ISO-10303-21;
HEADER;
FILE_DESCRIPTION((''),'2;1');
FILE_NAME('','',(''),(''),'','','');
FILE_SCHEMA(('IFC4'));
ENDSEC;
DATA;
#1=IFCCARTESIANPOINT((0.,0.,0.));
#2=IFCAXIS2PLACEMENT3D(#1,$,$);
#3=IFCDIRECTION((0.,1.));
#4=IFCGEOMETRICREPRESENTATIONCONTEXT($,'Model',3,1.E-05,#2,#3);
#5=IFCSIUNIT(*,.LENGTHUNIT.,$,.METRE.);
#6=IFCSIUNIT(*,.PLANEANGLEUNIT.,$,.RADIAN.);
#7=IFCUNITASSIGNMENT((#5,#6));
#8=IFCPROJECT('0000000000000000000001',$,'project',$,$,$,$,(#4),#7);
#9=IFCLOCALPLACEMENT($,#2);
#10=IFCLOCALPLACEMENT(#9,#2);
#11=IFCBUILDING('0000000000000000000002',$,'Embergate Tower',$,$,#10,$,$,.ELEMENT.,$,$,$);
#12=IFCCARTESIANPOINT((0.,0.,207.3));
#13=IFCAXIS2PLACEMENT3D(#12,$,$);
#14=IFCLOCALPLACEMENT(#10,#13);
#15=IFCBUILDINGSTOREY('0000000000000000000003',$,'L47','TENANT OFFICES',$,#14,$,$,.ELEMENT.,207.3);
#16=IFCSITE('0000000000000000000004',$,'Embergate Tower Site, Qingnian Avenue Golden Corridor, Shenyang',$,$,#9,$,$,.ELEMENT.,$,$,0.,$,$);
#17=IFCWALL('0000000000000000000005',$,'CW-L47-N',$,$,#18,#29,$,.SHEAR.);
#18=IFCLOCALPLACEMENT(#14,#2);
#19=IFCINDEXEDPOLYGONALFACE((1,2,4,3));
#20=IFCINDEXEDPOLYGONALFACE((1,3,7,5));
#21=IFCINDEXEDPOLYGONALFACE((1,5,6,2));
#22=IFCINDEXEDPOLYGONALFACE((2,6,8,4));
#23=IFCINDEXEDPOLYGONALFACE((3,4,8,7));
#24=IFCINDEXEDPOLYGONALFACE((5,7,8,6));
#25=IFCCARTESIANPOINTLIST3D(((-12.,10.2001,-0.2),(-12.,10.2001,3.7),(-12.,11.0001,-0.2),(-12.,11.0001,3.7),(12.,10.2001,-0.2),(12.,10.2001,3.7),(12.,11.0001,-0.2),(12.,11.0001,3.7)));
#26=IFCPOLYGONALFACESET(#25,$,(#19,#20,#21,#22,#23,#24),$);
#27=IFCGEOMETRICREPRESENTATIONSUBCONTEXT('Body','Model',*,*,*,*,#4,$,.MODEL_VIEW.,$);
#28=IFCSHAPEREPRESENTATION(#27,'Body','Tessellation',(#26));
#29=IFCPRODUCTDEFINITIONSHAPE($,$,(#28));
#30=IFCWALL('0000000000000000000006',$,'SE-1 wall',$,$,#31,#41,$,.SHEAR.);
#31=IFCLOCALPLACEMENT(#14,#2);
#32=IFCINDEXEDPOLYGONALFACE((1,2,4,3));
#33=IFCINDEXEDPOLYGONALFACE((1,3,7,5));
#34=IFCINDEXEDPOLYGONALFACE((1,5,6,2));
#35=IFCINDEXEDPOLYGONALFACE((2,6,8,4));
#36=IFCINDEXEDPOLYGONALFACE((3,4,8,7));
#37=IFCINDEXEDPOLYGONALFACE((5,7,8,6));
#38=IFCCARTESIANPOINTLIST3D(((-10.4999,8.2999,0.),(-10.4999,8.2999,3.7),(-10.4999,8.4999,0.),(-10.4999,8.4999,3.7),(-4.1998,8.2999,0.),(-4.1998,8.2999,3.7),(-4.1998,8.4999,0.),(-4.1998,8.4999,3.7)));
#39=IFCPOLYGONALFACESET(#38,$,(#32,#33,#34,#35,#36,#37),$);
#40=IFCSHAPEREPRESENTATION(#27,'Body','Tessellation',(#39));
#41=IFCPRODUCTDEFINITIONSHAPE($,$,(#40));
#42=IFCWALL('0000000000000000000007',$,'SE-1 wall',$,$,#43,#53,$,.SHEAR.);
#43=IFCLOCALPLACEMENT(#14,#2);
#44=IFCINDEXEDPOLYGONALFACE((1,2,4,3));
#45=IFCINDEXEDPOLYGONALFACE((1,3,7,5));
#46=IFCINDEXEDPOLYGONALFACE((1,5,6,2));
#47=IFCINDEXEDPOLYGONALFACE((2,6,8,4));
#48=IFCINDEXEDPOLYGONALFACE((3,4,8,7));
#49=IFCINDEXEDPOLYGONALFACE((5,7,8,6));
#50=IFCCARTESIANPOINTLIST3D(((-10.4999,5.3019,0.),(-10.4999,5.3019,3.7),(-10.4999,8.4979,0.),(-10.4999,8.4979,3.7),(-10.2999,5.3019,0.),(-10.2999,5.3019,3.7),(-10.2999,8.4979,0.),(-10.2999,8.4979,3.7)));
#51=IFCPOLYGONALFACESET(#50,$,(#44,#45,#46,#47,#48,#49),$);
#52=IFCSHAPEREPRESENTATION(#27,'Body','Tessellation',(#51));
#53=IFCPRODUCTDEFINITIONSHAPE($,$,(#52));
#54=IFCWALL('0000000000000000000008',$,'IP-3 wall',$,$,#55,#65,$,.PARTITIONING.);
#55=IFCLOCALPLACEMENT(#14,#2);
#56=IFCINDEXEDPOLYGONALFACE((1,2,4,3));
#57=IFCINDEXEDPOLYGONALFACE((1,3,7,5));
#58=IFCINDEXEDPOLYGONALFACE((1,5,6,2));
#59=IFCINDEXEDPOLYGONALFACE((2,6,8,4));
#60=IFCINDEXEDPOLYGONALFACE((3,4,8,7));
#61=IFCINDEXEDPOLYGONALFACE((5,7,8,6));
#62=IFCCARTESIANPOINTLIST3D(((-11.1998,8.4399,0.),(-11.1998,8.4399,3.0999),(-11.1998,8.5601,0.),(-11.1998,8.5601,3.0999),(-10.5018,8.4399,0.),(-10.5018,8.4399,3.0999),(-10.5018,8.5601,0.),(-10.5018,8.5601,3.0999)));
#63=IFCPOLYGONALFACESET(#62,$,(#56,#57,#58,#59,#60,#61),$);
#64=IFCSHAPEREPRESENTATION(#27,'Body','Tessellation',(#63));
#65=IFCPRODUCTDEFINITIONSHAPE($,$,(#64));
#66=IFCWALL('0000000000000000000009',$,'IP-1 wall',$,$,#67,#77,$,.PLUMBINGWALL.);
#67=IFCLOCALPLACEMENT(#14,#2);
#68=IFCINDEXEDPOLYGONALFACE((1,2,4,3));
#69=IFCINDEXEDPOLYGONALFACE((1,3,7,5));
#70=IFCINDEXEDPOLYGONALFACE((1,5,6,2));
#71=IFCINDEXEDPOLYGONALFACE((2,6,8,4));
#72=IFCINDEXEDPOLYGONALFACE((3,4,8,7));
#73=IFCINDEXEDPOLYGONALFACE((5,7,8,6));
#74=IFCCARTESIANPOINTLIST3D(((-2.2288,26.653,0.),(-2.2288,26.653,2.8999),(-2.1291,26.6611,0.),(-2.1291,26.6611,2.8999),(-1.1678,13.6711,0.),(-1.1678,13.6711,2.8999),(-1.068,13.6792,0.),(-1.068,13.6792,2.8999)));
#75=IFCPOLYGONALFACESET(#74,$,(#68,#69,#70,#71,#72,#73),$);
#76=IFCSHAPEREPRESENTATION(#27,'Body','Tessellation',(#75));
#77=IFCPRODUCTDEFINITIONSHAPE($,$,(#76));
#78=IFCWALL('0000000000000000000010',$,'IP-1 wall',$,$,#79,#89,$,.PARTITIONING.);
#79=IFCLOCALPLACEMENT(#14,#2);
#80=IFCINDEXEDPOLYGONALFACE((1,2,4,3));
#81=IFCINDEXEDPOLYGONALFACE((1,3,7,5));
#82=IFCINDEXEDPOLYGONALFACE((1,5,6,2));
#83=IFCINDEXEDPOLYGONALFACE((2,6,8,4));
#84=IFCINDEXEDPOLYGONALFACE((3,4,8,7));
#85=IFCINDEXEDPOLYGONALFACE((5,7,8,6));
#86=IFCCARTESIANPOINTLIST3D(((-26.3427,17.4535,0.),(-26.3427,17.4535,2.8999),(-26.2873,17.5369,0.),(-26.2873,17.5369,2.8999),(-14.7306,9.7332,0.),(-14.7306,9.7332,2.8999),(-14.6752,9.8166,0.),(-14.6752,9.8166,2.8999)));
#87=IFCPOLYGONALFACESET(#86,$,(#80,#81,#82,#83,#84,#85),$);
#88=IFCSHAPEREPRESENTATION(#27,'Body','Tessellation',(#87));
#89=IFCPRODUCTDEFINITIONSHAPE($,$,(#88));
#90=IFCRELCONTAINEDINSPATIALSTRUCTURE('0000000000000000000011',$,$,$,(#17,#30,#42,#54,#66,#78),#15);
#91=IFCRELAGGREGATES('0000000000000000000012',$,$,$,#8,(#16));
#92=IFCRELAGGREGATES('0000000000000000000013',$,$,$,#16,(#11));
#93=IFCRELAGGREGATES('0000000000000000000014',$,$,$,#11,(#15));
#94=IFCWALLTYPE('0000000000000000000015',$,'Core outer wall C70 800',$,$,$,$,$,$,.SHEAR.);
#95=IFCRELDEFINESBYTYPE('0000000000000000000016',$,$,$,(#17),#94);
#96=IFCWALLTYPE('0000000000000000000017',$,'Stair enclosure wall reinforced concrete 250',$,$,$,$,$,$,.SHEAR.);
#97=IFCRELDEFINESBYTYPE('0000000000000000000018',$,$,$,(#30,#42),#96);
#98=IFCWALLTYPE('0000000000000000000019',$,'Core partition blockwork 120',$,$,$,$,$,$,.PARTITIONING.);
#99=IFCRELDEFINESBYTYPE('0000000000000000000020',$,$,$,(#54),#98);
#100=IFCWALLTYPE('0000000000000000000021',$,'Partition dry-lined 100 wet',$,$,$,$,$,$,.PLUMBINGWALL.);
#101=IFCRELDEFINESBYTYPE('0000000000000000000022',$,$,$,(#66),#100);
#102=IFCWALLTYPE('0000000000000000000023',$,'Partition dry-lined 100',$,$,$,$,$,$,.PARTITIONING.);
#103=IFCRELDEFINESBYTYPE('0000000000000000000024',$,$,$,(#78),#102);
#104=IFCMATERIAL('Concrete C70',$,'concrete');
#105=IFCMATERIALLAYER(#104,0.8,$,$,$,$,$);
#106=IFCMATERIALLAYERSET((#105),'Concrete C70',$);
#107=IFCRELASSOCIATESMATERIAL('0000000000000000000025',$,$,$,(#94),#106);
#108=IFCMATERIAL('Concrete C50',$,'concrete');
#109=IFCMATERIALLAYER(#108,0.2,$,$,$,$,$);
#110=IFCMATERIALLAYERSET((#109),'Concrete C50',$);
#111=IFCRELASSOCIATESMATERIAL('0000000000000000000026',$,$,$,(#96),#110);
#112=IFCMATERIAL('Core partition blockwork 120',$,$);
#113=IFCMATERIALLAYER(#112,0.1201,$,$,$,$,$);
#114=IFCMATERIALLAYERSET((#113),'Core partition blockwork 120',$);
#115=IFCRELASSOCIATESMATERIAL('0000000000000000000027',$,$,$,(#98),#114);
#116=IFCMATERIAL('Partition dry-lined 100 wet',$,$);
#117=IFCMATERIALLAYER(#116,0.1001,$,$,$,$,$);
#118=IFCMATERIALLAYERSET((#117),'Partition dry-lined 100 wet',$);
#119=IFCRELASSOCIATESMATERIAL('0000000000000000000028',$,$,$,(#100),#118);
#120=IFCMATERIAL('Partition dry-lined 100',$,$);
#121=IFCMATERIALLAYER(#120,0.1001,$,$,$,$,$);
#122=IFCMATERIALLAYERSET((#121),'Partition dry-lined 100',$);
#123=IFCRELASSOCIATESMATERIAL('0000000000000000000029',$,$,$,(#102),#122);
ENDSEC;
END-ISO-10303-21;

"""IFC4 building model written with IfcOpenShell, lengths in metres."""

from ifc_helpers import new_model, si_unit, direction, frame, frame_2d, origin, place, context, subcontext, project, spatial, rectangle, extrude, source, transform, mapped, material, layer, layer_set, type_object, element, save


model = new_model("IFC4")

# Units and contexts
model_context = context("Model", 3, precision=1e-05, world=origin(), true_north=direction((0.0, 1.0)))
body_context = subcontext(model_context, "Body", "Model", "MODEL_VIEW")
ifc_project = project(units=[si_unit("LENGTHUNIT", "METRE"), si_unit("PLANEANGLEUNIT", "RADIAN")], contexts=[model_context])

# Site, building, storey
site_placement = place(None, origin())
site = spatial("IfcSite", under=ifc_project, at=site_placement, Name="Embergate Tower Site, Qingnian Avenue Golden Corridor, Shenyang", CompositionType="ELEMENT", RefElevation=0.0)
building_placement = place(site_placement, origin())
building = spatial("IfcBuilding", under=site, at=building_placement, Name="Embergate Tower", CompositionType="ELEMENT")
storey_placement = place(building_placement, frame((0.0, 0.0, 207.3)))
storey = spatial("IfcBuildingStorey", under=building, at=storey_placement, Name="L47", Description="TENANT OFFICES", CompositionType="ELEMENT", Elevation=207.3)

# Walls
ifc_material_1 = material(Name="Concrete C70", Category="concrete")
ifc_layer_1 = layer(ifc_material_1, 0.8)
ifc_layer_set_1 = layer_set([ifc_layer_1], Name="Concrete C70")
wall_type_1 = type_object("IfcWallType", Name="Core outer wall C70 800", PredefinedType="SHEAR", material=ifc_layer_set_1)
shared_shape_1 = source(origin(), body_context, "Body", "SweptSolid", [
    extrude(rectangle(XDim=24.0, YDim=0.8, at=frame_2d((12.0, 0.0))), origin(), (0.0, 0.0, 1.0), 3.8999),
])
wall_1_placement = place(storey_placement, frame((-12.0, 10.6001, -0.2), z_axis=(0.0, 0.0, 1.0), x_axis=(1.0, 0.0, 0.0)))
element("IfcWall", 1, at=wall_1_placement, inside=storey, type_object=wall_type_1, Name="CW-L47-N", PredefinedType="SHEAR", context=body_context, shape_type="MappedRepresentation", body=[
    mapped(shared_shape_1, transform((0.0, 0.0, 0.0))),
])
ifc_material_2 = material(Name="Concrete C50", Category="concrete")
ifc_layer_2 = layer(ifc_material_2, 0.2)
ifc_layer_set_2 = layer_set([ifc_layer_2], Name="Concrete C50")
wall_type_2 = type_object("IfcWallType", Name="Stair enclosure wall reinforced concrete 250", PredefinedType="SHEAR", material=ifc_layer_set_2)
shared_shape_2 = source(origin(), body_context, "Body", "SweptSolid", [
    extrude(rectangle(XDim=6.3, YDim=0.2, at=frame_2d((3.1499, 0.0))), origin(), (0.0, 0.0, 1.0), 3.7),
])
wall_2_placement = place(storey_placement, frame((-4.2, 8.3999, 0.0), z_axis=(0.0, 0.0, 1.0), x_axis=(-1.0, 0.0, 0.0)))
element("IfcWall", 2, at=wall_2_placement, inside=storey, type_object=wall_type_2, Name="SE-1 wall", PredefinedType="SHEAR", context=body_context, shape_type="MappedRepresentation", body=[
    mapped(shared_shape_2, transform((0.0, 0.0, 0.0))),
])
shared_shape_3 = source(origin(), body_context, "Body", "SweptSolid", [
    extrude(rectangle(XDim=3.196, YDim=0.2, at=frame_2d((1.5981, 0.0))), origin(), (0.0, 0.0, 1.0), 3.7),
])
wall_3_placement = place(storey_placement, frame((-10.3999, 8.498, 0.0), z_axis=(0.0, 0.0, 1.0), x_axis=(0.0, -1.0, 0.0)))
element("IfcWall", 3, at=wall_3_placement, inside=storey, type_object=wall_type_2, Name="SE-1 wall", PredefinedType="SHEAR", context=body_context, shape_type="MappedRepresentation", body=[
    mapped(shared_shape_3, transform((0.0, 0.0, 0.0))),
])
ifc_material_3 = material(Name="Core partition blockwork 120")
ifc_layer_3 = layer(ifc_material_3, 0.1201)
ifc_layer_set_3 = layer_set([ifc_layer_3], Name="Core partition blockwork 120")
wall_type_3 = type_object("IfcWallType", Name="Core partition blockwork 120", PredefinedType="PARTITIONING", material=ifc_layer_set_3)
shared_shape_4 = source(origin(), body_context, "Body", "SweptSolid", [
    extrude(rectangle(XDim=0.698, YDim=0.1201, at=frame_2d((0.3491, 0.0))), origin(), (0.0, 0.0, 1.0), 3.0999),
])
wall_4_placement = place(storey_placement, frame((-11.2, 8.5, 0.0), z_axis=(0.0, 0.0, 1.0), x_axis=(1.0, 0.0, 0.0)))
element("IfcWall", 4, at=wall_4_placement, inside=storey, type_object=wall_type_3, Name="IP-3 wall", PredefinedType="PARTITIONING", context=body_context, shape_type="MappedRepresentation", body=[
    mapped(shared_shape_4, transform((0.0, 0.0, 0.0))),
])
ifc_material_4 = material(Name="Partition dry-lined 100 wet")
ifc_layer_4 = layer(ifc_material_4, 0.1001)
ifc_layer_set_4 = layer_set([ifc_layer_4], Name="Partition dry-lined 100 wet")
wall_type_4 = type_object("IfcWallType", Name="Partition dry-lined 100 wet", PredefinedType="PLUMBINGWALL", material=ifc_layer_set_4)
shared_shape_5 = source(origin(), body_context, "Body", "SweptSolid", [
    extrude(rectangle(XDim=13.0251, YDim=0.1001, at=frame_2d((6.5127, 0.0))), origin(), (0.0, 0.0, 1.0), 2.8999),
])
wall_5_placement = place(storey_placement, frame((-1.1179, 13.675, 0.0), z_axis=(0.0, 0.0, 1.0), x_axis=(-0.08146, 0.996677, 0.0)))
element("IfcWall", 5, at=wall_5_placement, inside=storey, type_object=wall_type_4, Name="IP-1 wall", PredefinedType="PLUMBINGWALL", context=body_context, shape_type="MappedRepresentation", body=[
    mapped(shared_shape_5, transform((0.0, 0.0, 0.0))),
])
ifc_material_5 = material(Name="Partition dry-lined 100")
ifc_layer_5 = layer(ifc_material_5, 0.1001)
ifc_layer_set_5 = layer_set([ifc_layer_5], Name="Partition dry-lined 100")
wall_type_5 = type_object("IfcWallType", Name="Partition dry-lined 100", PredefinedType="PARTITIONING", material=ifc_layer_set_5)
shared_shape_6 = source(origin(), body_context, "Body", "SweptSolid", [
    extrude(rectangle(XDim=13.9443, YDim=0.1001, at=frame_2d((6.9722, 0.0))), origin(), (0.0, 0.0, 1.0), 2.8999),
])
wall_6_placement = place(storey_placement, frame((-14.7029, 9.7749, 0.0), z_axis=(0.0, 0.0, 1.0), x_axis=(-0.83275, 0.553649, 0.0)))
element("IfcWall", 6, at=wall_6_placement, inside=storey, type_object=wall_type_5, Name="IP-1 wall", PredefinedType="PARTITIONING", context=body_context, shape_type="MappedRepresentation", body=[
    mapped(shared_shape_6, transform((0.0, 0.0, 0.0))),
])

save(model, "model.ifc")
